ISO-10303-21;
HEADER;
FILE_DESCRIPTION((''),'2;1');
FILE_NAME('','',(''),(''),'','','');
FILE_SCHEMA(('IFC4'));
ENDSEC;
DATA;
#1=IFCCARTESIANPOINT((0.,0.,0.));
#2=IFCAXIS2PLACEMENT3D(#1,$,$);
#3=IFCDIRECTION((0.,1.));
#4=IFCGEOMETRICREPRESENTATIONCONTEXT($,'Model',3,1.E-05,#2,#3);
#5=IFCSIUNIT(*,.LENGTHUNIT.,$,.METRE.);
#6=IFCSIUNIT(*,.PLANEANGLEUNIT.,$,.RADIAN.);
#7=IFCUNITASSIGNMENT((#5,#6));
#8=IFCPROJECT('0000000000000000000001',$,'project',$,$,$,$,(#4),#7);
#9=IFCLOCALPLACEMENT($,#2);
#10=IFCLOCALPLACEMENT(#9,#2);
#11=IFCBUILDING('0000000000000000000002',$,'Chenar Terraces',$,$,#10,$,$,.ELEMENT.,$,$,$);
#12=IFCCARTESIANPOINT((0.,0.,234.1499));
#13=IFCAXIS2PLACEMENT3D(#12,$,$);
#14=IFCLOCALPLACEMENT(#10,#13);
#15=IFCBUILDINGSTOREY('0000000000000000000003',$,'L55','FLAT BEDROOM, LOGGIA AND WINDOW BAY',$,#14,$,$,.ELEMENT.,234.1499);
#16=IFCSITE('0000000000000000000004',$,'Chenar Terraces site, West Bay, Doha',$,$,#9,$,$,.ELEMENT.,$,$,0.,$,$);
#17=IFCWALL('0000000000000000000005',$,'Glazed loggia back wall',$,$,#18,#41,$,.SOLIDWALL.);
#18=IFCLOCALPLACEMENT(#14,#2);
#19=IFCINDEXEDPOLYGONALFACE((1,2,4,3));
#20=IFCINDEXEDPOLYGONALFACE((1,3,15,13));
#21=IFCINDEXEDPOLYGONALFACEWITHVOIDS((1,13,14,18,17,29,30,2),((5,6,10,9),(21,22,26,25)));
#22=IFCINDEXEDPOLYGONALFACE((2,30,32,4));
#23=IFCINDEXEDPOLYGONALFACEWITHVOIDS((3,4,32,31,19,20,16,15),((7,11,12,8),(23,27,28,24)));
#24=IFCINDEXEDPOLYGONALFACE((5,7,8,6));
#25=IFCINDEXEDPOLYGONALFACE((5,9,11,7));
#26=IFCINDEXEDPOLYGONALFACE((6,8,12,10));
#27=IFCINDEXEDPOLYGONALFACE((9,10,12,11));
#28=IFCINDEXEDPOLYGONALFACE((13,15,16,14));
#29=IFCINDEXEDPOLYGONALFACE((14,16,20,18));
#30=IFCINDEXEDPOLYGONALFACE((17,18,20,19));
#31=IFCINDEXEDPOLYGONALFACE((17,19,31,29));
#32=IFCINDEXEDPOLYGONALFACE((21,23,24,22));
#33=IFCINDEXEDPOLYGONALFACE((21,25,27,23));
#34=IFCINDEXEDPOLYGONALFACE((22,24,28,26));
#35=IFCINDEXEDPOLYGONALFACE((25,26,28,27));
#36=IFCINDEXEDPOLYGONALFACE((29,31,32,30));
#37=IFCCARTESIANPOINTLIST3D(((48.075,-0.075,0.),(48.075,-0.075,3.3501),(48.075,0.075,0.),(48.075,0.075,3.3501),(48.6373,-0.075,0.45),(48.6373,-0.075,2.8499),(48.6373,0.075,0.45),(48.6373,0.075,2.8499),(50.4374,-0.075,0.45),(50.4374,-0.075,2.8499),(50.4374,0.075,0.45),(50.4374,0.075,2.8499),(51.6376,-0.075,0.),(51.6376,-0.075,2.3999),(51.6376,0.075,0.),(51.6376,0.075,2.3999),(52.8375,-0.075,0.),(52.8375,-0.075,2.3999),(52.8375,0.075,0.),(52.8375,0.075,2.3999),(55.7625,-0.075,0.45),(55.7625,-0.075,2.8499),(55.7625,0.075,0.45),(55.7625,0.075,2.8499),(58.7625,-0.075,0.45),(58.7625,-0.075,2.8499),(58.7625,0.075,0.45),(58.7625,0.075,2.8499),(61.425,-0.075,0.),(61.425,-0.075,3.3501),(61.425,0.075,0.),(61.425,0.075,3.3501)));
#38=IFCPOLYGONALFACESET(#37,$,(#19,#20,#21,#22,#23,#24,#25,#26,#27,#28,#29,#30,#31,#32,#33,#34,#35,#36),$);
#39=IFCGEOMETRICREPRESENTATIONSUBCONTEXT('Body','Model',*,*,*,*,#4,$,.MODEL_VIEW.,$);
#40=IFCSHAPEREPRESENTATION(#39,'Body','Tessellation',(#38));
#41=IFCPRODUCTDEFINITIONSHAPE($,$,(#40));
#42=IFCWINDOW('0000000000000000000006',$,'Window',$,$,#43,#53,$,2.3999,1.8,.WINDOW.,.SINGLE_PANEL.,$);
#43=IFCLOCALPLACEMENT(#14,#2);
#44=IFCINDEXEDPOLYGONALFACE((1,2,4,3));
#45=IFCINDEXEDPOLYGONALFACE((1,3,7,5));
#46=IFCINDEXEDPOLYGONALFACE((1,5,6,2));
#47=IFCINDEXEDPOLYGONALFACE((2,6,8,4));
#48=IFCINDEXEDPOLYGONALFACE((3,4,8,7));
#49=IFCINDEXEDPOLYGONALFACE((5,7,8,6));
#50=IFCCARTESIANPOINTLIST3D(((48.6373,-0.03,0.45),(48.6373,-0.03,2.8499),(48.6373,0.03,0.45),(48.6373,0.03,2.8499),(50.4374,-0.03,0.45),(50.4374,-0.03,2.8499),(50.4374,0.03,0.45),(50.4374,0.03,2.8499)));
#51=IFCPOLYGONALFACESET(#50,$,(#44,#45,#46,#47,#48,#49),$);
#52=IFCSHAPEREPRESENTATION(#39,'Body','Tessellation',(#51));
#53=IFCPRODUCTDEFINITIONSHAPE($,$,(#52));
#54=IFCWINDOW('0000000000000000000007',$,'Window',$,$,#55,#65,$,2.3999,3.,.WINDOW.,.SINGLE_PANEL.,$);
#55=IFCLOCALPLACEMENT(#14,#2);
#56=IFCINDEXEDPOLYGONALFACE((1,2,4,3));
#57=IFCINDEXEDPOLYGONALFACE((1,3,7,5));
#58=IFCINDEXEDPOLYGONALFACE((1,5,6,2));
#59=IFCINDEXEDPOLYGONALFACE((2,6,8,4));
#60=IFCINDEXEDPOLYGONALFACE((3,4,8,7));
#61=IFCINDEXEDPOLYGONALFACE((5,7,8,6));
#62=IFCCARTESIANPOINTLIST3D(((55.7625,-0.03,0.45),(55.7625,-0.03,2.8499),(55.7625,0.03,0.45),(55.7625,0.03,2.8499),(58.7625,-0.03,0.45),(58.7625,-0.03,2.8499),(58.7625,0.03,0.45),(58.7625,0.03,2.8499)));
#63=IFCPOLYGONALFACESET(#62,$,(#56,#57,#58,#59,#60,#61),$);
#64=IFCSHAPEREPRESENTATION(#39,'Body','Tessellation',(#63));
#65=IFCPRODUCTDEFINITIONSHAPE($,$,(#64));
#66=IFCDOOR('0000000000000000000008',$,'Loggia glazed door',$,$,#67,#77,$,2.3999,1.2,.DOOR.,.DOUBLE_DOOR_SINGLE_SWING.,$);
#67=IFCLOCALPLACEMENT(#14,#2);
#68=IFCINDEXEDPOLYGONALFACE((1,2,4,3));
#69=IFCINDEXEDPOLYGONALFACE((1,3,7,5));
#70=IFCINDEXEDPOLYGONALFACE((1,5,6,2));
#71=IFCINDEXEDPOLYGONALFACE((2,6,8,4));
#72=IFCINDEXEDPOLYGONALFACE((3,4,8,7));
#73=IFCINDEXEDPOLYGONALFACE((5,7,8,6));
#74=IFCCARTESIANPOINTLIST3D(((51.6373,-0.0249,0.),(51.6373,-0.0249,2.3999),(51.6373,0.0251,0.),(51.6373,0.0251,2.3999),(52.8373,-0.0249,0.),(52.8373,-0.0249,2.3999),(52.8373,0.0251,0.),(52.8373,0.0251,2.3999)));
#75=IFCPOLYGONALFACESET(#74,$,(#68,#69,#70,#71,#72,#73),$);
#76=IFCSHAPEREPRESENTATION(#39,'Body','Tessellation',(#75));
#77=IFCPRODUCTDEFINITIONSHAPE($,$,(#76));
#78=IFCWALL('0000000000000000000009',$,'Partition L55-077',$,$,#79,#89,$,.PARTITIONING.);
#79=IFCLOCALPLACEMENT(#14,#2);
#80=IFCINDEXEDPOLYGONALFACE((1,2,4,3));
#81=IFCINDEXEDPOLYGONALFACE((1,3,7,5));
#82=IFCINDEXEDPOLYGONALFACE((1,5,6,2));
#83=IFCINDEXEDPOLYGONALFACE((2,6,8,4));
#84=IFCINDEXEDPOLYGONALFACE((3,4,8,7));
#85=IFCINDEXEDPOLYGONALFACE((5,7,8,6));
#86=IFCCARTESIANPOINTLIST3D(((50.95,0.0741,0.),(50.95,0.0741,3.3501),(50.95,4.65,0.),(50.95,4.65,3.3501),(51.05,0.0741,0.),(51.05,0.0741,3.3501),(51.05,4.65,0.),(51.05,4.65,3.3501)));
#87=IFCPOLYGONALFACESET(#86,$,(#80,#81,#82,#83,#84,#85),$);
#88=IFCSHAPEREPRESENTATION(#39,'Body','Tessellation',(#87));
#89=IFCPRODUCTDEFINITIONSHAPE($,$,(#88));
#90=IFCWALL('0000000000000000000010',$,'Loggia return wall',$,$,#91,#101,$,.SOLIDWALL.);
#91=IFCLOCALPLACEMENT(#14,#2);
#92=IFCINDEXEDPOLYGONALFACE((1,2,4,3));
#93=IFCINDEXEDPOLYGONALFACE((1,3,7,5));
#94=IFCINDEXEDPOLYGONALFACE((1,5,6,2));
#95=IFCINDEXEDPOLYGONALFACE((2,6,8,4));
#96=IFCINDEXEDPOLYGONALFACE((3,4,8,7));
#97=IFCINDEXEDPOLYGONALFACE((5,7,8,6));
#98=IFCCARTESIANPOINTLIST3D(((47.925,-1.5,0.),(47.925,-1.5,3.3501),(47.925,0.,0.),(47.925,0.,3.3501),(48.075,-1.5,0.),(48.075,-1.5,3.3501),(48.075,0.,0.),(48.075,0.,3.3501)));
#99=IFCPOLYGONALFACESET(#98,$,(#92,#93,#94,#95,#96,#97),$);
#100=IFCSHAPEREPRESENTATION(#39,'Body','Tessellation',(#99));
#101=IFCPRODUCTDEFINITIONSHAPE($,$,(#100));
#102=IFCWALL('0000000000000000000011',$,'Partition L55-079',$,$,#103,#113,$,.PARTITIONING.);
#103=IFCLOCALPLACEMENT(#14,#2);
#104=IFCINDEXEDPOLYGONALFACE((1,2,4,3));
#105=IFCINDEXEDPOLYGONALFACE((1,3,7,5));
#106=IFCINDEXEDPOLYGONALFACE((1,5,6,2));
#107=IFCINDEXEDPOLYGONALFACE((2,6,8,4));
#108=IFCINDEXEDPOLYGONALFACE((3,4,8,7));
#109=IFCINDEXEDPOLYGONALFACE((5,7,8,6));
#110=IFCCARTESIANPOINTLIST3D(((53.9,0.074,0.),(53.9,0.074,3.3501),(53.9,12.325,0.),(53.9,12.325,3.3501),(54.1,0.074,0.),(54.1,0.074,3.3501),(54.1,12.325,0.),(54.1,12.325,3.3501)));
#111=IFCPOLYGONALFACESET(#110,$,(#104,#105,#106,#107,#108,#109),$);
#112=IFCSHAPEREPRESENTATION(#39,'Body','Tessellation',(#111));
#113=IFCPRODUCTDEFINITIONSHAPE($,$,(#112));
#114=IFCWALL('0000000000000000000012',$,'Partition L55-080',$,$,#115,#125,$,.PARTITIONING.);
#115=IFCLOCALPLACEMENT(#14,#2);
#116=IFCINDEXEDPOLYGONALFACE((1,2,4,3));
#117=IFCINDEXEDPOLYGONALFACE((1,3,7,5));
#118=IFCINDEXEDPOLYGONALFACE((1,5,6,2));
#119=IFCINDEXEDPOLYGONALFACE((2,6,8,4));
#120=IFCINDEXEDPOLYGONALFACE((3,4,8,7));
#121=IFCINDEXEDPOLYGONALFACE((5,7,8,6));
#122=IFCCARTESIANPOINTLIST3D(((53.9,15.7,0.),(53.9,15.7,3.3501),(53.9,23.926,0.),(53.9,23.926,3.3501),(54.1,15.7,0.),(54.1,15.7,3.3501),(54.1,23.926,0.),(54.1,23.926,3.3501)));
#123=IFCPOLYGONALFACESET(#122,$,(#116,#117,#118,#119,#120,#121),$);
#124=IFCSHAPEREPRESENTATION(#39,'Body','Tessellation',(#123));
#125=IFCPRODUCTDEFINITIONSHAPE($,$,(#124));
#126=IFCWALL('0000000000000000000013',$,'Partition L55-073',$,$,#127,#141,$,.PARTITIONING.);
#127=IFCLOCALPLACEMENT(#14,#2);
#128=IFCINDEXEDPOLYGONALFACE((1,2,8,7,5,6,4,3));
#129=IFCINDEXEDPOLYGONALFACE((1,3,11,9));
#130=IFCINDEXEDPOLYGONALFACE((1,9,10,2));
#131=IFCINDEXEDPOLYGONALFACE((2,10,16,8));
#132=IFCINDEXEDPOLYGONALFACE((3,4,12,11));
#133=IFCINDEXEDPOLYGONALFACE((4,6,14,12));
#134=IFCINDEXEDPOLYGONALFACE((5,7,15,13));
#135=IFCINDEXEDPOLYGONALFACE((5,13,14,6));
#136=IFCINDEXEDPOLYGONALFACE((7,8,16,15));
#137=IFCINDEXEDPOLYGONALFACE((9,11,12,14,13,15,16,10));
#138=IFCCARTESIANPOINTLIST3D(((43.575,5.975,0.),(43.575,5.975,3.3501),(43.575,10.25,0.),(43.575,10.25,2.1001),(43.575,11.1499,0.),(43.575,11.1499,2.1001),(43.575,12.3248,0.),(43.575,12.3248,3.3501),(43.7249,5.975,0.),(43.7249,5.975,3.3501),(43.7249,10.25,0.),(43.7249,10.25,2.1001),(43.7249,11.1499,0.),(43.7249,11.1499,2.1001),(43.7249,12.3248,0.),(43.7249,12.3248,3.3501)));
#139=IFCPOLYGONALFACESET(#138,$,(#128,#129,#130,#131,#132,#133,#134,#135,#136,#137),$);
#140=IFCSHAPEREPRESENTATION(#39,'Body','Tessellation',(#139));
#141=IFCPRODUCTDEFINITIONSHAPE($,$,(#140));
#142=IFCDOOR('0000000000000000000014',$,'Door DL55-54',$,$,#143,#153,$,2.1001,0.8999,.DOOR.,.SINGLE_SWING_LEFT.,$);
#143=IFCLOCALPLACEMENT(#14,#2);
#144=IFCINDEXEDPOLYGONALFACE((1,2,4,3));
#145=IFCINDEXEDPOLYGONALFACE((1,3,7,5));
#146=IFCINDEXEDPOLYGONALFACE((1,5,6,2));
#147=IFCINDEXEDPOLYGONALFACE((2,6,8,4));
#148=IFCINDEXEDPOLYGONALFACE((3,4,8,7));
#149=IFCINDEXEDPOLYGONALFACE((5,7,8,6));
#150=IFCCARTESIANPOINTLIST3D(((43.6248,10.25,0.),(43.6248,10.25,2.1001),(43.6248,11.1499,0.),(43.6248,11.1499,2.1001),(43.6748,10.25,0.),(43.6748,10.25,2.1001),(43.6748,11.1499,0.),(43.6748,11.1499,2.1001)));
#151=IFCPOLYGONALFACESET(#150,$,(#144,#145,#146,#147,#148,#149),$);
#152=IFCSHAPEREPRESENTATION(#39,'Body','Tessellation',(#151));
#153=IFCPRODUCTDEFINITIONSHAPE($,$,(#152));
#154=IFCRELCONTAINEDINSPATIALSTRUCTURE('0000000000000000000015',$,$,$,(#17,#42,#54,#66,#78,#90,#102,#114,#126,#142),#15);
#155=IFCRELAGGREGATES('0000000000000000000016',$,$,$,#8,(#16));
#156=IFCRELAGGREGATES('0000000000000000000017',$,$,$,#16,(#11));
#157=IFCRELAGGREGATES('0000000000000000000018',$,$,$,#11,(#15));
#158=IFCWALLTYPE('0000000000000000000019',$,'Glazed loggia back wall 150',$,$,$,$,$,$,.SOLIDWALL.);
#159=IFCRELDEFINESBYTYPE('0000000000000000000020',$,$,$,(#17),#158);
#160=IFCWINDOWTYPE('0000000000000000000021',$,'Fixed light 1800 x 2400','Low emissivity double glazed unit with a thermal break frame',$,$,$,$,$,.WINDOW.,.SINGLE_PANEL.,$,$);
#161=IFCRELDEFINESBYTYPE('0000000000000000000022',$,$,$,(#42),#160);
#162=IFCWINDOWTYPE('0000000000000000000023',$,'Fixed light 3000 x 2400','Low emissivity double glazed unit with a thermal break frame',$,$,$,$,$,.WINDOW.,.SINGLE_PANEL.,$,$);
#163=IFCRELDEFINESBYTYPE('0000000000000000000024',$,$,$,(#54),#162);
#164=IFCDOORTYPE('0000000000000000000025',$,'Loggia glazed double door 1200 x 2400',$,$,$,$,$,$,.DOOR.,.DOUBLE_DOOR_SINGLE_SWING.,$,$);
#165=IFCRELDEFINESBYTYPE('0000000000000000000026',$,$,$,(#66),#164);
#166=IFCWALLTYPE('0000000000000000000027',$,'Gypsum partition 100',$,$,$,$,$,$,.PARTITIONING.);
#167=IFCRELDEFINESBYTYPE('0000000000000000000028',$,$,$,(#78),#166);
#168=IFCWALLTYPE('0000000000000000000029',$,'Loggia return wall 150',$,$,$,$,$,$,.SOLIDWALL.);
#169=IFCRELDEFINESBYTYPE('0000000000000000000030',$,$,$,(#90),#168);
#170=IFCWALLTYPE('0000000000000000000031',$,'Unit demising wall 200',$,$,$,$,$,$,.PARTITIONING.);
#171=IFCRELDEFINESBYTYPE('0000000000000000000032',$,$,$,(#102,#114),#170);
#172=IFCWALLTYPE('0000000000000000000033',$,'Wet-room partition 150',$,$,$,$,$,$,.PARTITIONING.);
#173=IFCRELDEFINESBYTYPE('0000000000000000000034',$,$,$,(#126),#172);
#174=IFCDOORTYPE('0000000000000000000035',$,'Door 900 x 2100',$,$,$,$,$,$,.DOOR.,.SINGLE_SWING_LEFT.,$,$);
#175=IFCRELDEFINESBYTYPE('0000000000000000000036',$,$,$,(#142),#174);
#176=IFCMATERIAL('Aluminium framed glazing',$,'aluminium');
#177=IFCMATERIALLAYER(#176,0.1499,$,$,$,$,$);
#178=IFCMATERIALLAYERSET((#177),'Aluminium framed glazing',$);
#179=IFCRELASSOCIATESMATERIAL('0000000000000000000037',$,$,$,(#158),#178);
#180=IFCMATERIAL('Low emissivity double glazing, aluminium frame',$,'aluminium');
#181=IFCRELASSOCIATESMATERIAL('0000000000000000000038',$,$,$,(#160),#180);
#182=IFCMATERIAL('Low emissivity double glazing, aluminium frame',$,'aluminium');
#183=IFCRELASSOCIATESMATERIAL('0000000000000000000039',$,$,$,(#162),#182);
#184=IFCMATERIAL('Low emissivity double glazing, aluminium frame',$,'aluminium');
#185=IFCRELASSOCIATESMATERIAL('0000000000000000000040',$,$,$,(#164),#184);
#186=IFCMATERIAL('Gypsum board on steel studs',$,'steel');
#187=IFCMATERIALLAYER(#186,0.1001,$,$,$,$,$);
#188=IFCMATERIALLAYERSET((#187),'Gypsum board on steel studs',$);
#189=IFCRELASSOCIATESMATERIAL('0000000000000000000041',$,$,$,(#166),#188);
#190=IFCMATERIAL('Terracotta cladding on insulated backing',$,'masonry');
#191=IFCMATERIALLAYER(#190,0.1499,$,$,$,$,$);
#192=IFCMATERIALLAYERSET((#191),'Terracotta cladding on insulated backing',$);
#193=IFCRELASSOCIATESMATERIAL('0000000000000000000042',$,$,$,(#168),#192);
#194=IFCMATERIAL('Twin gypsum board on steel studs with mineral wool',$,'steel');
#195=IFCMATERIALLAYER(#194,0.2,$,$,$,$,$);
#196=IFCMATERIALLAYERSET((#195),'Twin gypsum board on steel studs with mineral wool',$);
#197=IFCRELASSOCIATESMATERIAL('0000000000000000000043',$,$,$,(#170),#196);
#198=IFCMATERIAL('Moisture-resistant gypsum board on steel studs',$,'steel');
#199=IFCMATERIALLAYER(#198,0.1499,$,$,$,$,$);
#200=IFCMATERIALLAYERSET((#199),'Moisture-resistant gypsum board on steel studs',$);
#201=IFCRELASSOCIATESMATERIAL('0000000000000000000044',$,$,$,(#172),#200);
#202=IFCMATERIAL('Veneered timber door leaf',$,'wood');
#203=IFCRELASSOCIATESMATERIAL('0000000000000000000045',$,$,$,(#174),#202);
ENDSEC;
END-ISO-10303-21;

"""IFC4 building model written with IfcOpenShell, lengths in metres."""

from ifc_helpers import new_model, si_unit, direction, frame, frame_2d, origin, place, context, subcontext, project, spatial, rectangle, extrude, material, layer, layer_set, type_object, element, fill, save


model = new_model("IFC4")

# Units and contexts
model_context = context("Model", 3, precision=1e-05, world=origin(), true_north=direction((0.0, 1.0)))
body_context = subcontext(model_context, "Body", "Model", "MODEL_VIEW")
ifc_project = project(units=[si_unit("LENGTHUNIT", "METRE"), si_unit("PLANEANGLEUNIT", "RADIAN")], contexts=[model_context])

# Site, building, storey
site_placement = place(None, origin())
site = spatial("IfcSite", under=ifc_project, at=site_placement, Name="Chenar Terraces site, West Bay, Doha", CompositionType="ELEMENT", RefElevation=0.0)
building_placement = place(site_placement, origin())
building = spatial("IfcBuilding", under=site, at=building_placement, Name="Chenar Terraces", CompositionType="ELEMENT")
storey_placement = place(building_placement, frame((0.0, 0.0, 234.1499)))
storey = spatial("IfcBuildingStorey", under=building, at=storey_placement, Name="L55", Description="FLAT BEDROOM, LOGGIA AND WINDOW BAY", CompositionType="ELEMENT", Elevation=234.1499)

# Wall, openings, windows, door
ifc_material_1 = material(Name="Aluminium framed glazing", Category="aluminium")
ifc_layer_1 = layer(ifc_material_1, 0.1499)
ifc_layer_set_1 = layer_set([ifc_layer_1], Name="Aluminium framed glazing")
wall_type_1 = type_object("IfcWallType", Name="Glazed loggia back wall 150", PredefinedType="SOLIDWALL", material=ifc_layer_set_1)
wall_1_placement = place(storey_placement, frame((48.075, 0.0, 0.0), z_axis=(0.0, 0.0, 1.0), x_axis=(1.0, 0.0, 0.0)))
wall_1 = element("IfcWall", 1, at=wall_1_placement, inside=storey, type_object=wall_type_1, Name="Glazed loggia back wall", PredefinedType="SOLIDWALL", context=body_context, shape_type="SweptSolid", body=[
    extrude(rectangle(XDim=13.3501, YDim=0.1499, at=frame_2d((6.675, 0.0))), origin(), (0.0, 0.0, 1.0), 3.3501),
])
opening_1_placement = place(wall_1_placement, frame((0.5625, 0.0, 0.45)))
opening_1 = element("IfcOpeningElement", 2, at=opening_1_placement, cuts=wall_1, PredefinedType="OPENING", context=body_context, shape_type="SweptSolid", body=[
    extrude(rectangle(XDim=1.8, YDim=2.3999, at=frame_2d((0.8999, 1.2))), frame((0.0, 0.085, 0.0), z_axis=(0.0, -1.0, 0.0), x_axis=(1.0, 0.0, 0.0)), (0.0, 0.0, 1.0), 0.1699),
])
opening_2_placement = place(wall_1_placement, frame((3.5625, 0.0, 0.0)))
opening_2 = element("IfcOpeningElement", 3, at=opening_2_placement, cuts=wall_1, PredefinedType="OPENING", context=body_context, shape_type="SweptSolid", body=[
    extrude(rectangle(XDim=1.2, YDim=2.3999, at=frame_2d((0.6001, 1.2))), frame((0.0, 0.085, 0.0), z_axis=(0.0, -1.0, 0.0), x_axis=(1.0, 0.0, 0.0)), (0.0, 0.0, 1.0), 0.1699),
])
opening_3_placement = place(wall_1_placement, frame((7.6875, 0.0, 0.45)))
opening_3 = element("IfcOpeningElement", 4, at=opening_3_placement, cuts=wall_1, PredefinedType="OPENING", context=body_context, shape_type="SweptSolid", body=[
    extrude(rectangle(XDim=3.0, YDim=2.3999, at=frame_2d((1.5, 1.2))), frame((0.0, 0.085, 0.0), z_axis=(0.0, -1.0, 0.0), x_axis=(1.0, 0.0, 0.0)), (0.0, 0.0, 1.0), 0.1699),
])
ifc_material_2 = material(Name="Low emissivity double glazing, aluminium frame", Category="aluminium")
window_type_1 = type_object("IfcWindowType", Name="Fixed light 1800 x 2400", Description="Low emissivity double glazed unit with a thermal break frame", PartitioningType="SINGLE_PANEL", PredefinedType="WINDOW", material=ifc_material_2)
window_1_placement = place(opening_1_placement, origin())
window_1 = element("IfcWindow", 5, at=window_1_placement, inside=storey, type_object=window_type_1, Name="Window", OverallHeight=2.3999, OverallWidth=1.8, PartitioningType="SINGLE_PANEL", PredefinedType="WINDOW", context=body_context, shape_type="SweptSolid", body=[
    extrude(rectangle(XDim=1.8, YDim=2.3999, at=frame_2d((0.8999, 1.2))), frame((0.0, 0.03, 0.0), z_axis=(0.0, -1.0, 0.0), x_axis=(1.0, 0.0, 0.0)), (0.0, 0.0, 1.0), 0.0601),
])
fill(opening_1, window_1)
ifc_material_3 = material(Name="Low emissivity double glazing, aluminium frame", Category="aluminium")
window_type_2 = type_object("IfcWindowType", Name="Fixed light 3000 x 2400", Description="Low emissivity double glazed unit with a thermal break frame", PartitioningType="SINGLE_PANEL", PredefinedType="WINDOW", material=ifc_material_3)
window_2_placement = place(opening_3_placement, origin())
window_2 = element("IfcWindow", 6, at=window_2_placement, inside=storey, type_object=window_type_2, Name="Window", OverallHeight=2.3999, OverallWidth=3.0, PartitioningType="SINGLE_PANEL", PredefinedType="WINDOW", context=body_context, shape_type="SweptSolid", body=[
    extrude(rectangle(XDim=3.0, YDim=2.3999, at=frame_2d((1.5, 1.2))), frame((0.0, 0.03, 0.0), z_axis=(0.0, -1.0, 0.0), x_axis=(1.0, 0.0, 0.0)), (0.0, 0.0, 1.0), 0.0601),
])
fill(opening_3, window_2)
ifc_material_4 = material(Name="Low emissivity double glazing, aluminium frame", Category="aluminium")
door_type_1 = type_object("IfcDoorType", Name="Loggia glazed double door 1200 x 2400", OperationType="DOUBLE_DOOR_SINGLE_SWING", PredefinedType="DOOR", material=ifc_material_4)
door_1_placement = place(opening_2_placement, frame((1.2, 0.0, 0.0), z_axis=(0.0, 0.0, 1.0), x_axis=(-1.0, 0.0, 0.0)))
door_1 = element("IfcDoor", 7, at=door_1_placement, inside=storey, type_object=door_type_1, Name="Loggia glazed door", OperationType="DOUBLE_DOOR_SINGLE_SWING", OverallHeight=2.3999, OverallWidth=1.2, PredefinedType="DOOR", context=body_context, shape_type="SweptSolid", body=[
    extrude(rectangle(XDim=1.2, YDim=2.3999, at=frame_2d((0.6001, 1.2))), frame((0.0, 0.0249, 0.0), z_axis=(0.0, -1.0, 0.0), x_axis=(1.0, 0.0, 0.0)), (0.0, 0.0, 1.0), 0.05),
])
fill(opening_2, door_1)

# Walls
ifc_material_5 = material(Name="Gypsum board on steel studs", Category="steel")
ifc_layer_2 = layer(ifc_material_5, 0.1001)
ifc_layer_set_2 = layer_set([ifc_layer_2], Name="Gypsum board on steel studs")
wall_type_2 = type_object("IfcWallType", Name="Gypsum partition 100", PredefinedType="PARTITIONING", material=ifc_layer_set_2)
wall_2_placement = place(storey_placement, frame((51.0, 0.074, 0.0), z_axis=(0.0, 0.0, 1.0), x_axis=(0.0, 1.0, 0.0)))
element("IfcWall", 8, at=wall_2_placement, inside=storey, type_object=wall_type_2, Name="Partition L55-077", PredefinedType="PARTITIONING", context=body_context, shape_type="SweptSolid", body=[
    extrude(rectangle(XDim=4.5759, YDim=0.1001, at=frame_2d((2.2881, 0.0))), origin(), (0.0, 0.0, 1.0), 3.3501),
])
ifc_material_6 = material(Name="Terracotta cladding on insulated backing", Category="masonry")
ifc_layer_3 = layer(ifc_material_6, 0.1499)
ifc_layer_set_3 = layer_set([ifc_layer_3], Name="Terracotta cladding on insulated backing")
wall_type_3 = type_object("IfcWallType", Name="Loggia return wall 150", PredefinedType="SOLIDWALL", material=ifc_layer_set_3)
wall_3_placement = place(storey_placement, frame((48.0, -1.5, 0.0), z_axis=(0.0, 0.0, 1.0), x_axis=(0.0, 1.0, 0.0)))
element("IfcWall", 9, at=wall_3_placement, inside=storey, type_object=wall_type_3, Name="Loggia return wall", PredefinedType="SOLIDWALL", context=body_context, shape_type="SweptSolid", body=[
    extrude(rectangle(XDim=1.5, YDim=0.1499, at=frame_2d((0.75, 0.0))), origin(), (0.0, 0.0, 1.0), 3.3501),
])
ifc_material_7 = material(Name="Twin gypsum board on steel studs with mineral wool", Category="steel")
ifc_layer_4 = layer(ifc_material_7, 0.2)
ifc_layer_set_4 = layer_set([ifc_layer_4], Name="Twin gypsum board on steel studs with mineral wool")
wall_type_4 = type_object("IfcWallType", Name="Unit demising wall 200", PredefinedType="PARTITIONING", material=ifc_layer_set_4)
wall_4_placement = place(storey_placement, frame((54.0, 0.074, 0.0), z_axis=(0.0, 0.0, 1.0), x_axis=(0.0, 1.0, 0.0)))
element("IfcWall", 10, at=wall_4_placement, inside=storey, type_object=wall_type_4, Name="Partition L55-079", PredefinedType="PARTITIONING", context=body_context, shape_type="SweptSolid", body=[
    extrude(rectangle(XDim=12.251, YDim=0.2, at=frame_2d((6.1255, 0.0))), origin(), (0.0, 0.0, 1.0), 3.3501),
])
wall_5_placement = place(storey_placement, frame((54.0, 15.7, 0.0), z_axis=(0.0, 0.0, 1.0), x_axis=(0.0, 1.0, 0.0)))
element("IfcWall", 11, at=wall_5_placement, inside=storey, type_object=wall_type_4, Name="Partition L55-080", PredefinedType="PARTITIONING", context=body_context, shape_type="SweptSolid", body=[
    extrude(rectangle(XDim=8.2261, YDim=0.2, at=frame_2d((4.113, 0.0))), origin(), (0.0, 0.0, 1.0), 3.3501),
])

# Wall, opening, door
ifc_material_8 = material(Name="Moisture-resistant gypsum board on steel studs", Category="steel")
ifc_layer_5 = layer(ifc_material_8, 0.1499)
ifc_layer_set_5 = layer_set([ifc_layer_5], Name="Moisture-resistant gypsum board on steel studs")
wall_type_5 = type_object("IfcWallType", Name="Wet-room partition 150", PredefinedType="PARTITIONING", material=ifc_layer_set_5)
wall_6_placement = place(storey_placement, frame((43.6499, 5.9751, 0.0), z_axis=(0.0, 0.0, 1.0), x_axis=(0.0, 1.0, 0.0)))
wall_6 = element("IfcWall", 12, at=wall_6_placement, inside=storey, type_object=wall_type_5, Name="Partition L55-073", PredefinedType="PARTITIONING", context=body_context, shape_type="SweptSolid", body=[
    extrude(rectangle(XDim=6.3499, YDim=0.1499, at=frame_2d((3.1748, 0.0))), origin(), (0.0, 0.0, 1.0), 3.3501),
])
opening_4_placement = place(wall_6_placement, frame((4.2749, 0.0, 0.0)))
opening_4 = element("IfcOpeningElement", 13, at=opening_4_placement, cuts=wall_6, PredefinedType="OPENING", context=body_context, shape_type="SweptSolid", body=[
    extrude(rectangle(XDim=0.8999, YDim=2.1001, at=frame_2d((0.45, 1.05))), frame((0.0, 0.085, 0.0), z_axis=(0.0, -1.0, 0.0), x_axis=(1.0, 0.0, 0.0)), (0.0, 0.0, 1.0), 0.1699),
])
ifc_material_9 = material(Name="Veneered timber door leaf", Category="wood")
door_type_2 = type_object("IfcDoorType", Name="Door 900 x 2100", OperationType="SINGLE_SWING_LEFT", PredefinedType="DOOR", material=ifc_material_9)
door_2_placement = place(opening_4_placement, frame((0.8999, 0.0, 0.0), z_axis=(0.0, 0.0, 1.0), x_axis=(-1.0, 0.0, 0.0)))
door_2 = element("IfcDoor", 14, at=door_2_placement, inside=storey, type_object=door_type_2, Name="Door DL55-54", OperationType="SINGLE_SWING_LEFT", OverallHeight=2.1001, OverallWidth=0.8999, PredefinedType="DOOR", context=body_context, shape_type="SweptSolid", body=[
    extrude(rectangle(XDim=0.8999, YDim=2.1001, at=frame_2d((0.45, 1.05))), frame((0.0, 0.0249, 0.0), z_axis=(0.0, -1.0, 0.0), x_axis=(1.0, 0.0, 0.0)), (0.0, 0.0, 1.0), 0.05),
])
fill(opening_4, door_2)

save(model, "model.ifc")
